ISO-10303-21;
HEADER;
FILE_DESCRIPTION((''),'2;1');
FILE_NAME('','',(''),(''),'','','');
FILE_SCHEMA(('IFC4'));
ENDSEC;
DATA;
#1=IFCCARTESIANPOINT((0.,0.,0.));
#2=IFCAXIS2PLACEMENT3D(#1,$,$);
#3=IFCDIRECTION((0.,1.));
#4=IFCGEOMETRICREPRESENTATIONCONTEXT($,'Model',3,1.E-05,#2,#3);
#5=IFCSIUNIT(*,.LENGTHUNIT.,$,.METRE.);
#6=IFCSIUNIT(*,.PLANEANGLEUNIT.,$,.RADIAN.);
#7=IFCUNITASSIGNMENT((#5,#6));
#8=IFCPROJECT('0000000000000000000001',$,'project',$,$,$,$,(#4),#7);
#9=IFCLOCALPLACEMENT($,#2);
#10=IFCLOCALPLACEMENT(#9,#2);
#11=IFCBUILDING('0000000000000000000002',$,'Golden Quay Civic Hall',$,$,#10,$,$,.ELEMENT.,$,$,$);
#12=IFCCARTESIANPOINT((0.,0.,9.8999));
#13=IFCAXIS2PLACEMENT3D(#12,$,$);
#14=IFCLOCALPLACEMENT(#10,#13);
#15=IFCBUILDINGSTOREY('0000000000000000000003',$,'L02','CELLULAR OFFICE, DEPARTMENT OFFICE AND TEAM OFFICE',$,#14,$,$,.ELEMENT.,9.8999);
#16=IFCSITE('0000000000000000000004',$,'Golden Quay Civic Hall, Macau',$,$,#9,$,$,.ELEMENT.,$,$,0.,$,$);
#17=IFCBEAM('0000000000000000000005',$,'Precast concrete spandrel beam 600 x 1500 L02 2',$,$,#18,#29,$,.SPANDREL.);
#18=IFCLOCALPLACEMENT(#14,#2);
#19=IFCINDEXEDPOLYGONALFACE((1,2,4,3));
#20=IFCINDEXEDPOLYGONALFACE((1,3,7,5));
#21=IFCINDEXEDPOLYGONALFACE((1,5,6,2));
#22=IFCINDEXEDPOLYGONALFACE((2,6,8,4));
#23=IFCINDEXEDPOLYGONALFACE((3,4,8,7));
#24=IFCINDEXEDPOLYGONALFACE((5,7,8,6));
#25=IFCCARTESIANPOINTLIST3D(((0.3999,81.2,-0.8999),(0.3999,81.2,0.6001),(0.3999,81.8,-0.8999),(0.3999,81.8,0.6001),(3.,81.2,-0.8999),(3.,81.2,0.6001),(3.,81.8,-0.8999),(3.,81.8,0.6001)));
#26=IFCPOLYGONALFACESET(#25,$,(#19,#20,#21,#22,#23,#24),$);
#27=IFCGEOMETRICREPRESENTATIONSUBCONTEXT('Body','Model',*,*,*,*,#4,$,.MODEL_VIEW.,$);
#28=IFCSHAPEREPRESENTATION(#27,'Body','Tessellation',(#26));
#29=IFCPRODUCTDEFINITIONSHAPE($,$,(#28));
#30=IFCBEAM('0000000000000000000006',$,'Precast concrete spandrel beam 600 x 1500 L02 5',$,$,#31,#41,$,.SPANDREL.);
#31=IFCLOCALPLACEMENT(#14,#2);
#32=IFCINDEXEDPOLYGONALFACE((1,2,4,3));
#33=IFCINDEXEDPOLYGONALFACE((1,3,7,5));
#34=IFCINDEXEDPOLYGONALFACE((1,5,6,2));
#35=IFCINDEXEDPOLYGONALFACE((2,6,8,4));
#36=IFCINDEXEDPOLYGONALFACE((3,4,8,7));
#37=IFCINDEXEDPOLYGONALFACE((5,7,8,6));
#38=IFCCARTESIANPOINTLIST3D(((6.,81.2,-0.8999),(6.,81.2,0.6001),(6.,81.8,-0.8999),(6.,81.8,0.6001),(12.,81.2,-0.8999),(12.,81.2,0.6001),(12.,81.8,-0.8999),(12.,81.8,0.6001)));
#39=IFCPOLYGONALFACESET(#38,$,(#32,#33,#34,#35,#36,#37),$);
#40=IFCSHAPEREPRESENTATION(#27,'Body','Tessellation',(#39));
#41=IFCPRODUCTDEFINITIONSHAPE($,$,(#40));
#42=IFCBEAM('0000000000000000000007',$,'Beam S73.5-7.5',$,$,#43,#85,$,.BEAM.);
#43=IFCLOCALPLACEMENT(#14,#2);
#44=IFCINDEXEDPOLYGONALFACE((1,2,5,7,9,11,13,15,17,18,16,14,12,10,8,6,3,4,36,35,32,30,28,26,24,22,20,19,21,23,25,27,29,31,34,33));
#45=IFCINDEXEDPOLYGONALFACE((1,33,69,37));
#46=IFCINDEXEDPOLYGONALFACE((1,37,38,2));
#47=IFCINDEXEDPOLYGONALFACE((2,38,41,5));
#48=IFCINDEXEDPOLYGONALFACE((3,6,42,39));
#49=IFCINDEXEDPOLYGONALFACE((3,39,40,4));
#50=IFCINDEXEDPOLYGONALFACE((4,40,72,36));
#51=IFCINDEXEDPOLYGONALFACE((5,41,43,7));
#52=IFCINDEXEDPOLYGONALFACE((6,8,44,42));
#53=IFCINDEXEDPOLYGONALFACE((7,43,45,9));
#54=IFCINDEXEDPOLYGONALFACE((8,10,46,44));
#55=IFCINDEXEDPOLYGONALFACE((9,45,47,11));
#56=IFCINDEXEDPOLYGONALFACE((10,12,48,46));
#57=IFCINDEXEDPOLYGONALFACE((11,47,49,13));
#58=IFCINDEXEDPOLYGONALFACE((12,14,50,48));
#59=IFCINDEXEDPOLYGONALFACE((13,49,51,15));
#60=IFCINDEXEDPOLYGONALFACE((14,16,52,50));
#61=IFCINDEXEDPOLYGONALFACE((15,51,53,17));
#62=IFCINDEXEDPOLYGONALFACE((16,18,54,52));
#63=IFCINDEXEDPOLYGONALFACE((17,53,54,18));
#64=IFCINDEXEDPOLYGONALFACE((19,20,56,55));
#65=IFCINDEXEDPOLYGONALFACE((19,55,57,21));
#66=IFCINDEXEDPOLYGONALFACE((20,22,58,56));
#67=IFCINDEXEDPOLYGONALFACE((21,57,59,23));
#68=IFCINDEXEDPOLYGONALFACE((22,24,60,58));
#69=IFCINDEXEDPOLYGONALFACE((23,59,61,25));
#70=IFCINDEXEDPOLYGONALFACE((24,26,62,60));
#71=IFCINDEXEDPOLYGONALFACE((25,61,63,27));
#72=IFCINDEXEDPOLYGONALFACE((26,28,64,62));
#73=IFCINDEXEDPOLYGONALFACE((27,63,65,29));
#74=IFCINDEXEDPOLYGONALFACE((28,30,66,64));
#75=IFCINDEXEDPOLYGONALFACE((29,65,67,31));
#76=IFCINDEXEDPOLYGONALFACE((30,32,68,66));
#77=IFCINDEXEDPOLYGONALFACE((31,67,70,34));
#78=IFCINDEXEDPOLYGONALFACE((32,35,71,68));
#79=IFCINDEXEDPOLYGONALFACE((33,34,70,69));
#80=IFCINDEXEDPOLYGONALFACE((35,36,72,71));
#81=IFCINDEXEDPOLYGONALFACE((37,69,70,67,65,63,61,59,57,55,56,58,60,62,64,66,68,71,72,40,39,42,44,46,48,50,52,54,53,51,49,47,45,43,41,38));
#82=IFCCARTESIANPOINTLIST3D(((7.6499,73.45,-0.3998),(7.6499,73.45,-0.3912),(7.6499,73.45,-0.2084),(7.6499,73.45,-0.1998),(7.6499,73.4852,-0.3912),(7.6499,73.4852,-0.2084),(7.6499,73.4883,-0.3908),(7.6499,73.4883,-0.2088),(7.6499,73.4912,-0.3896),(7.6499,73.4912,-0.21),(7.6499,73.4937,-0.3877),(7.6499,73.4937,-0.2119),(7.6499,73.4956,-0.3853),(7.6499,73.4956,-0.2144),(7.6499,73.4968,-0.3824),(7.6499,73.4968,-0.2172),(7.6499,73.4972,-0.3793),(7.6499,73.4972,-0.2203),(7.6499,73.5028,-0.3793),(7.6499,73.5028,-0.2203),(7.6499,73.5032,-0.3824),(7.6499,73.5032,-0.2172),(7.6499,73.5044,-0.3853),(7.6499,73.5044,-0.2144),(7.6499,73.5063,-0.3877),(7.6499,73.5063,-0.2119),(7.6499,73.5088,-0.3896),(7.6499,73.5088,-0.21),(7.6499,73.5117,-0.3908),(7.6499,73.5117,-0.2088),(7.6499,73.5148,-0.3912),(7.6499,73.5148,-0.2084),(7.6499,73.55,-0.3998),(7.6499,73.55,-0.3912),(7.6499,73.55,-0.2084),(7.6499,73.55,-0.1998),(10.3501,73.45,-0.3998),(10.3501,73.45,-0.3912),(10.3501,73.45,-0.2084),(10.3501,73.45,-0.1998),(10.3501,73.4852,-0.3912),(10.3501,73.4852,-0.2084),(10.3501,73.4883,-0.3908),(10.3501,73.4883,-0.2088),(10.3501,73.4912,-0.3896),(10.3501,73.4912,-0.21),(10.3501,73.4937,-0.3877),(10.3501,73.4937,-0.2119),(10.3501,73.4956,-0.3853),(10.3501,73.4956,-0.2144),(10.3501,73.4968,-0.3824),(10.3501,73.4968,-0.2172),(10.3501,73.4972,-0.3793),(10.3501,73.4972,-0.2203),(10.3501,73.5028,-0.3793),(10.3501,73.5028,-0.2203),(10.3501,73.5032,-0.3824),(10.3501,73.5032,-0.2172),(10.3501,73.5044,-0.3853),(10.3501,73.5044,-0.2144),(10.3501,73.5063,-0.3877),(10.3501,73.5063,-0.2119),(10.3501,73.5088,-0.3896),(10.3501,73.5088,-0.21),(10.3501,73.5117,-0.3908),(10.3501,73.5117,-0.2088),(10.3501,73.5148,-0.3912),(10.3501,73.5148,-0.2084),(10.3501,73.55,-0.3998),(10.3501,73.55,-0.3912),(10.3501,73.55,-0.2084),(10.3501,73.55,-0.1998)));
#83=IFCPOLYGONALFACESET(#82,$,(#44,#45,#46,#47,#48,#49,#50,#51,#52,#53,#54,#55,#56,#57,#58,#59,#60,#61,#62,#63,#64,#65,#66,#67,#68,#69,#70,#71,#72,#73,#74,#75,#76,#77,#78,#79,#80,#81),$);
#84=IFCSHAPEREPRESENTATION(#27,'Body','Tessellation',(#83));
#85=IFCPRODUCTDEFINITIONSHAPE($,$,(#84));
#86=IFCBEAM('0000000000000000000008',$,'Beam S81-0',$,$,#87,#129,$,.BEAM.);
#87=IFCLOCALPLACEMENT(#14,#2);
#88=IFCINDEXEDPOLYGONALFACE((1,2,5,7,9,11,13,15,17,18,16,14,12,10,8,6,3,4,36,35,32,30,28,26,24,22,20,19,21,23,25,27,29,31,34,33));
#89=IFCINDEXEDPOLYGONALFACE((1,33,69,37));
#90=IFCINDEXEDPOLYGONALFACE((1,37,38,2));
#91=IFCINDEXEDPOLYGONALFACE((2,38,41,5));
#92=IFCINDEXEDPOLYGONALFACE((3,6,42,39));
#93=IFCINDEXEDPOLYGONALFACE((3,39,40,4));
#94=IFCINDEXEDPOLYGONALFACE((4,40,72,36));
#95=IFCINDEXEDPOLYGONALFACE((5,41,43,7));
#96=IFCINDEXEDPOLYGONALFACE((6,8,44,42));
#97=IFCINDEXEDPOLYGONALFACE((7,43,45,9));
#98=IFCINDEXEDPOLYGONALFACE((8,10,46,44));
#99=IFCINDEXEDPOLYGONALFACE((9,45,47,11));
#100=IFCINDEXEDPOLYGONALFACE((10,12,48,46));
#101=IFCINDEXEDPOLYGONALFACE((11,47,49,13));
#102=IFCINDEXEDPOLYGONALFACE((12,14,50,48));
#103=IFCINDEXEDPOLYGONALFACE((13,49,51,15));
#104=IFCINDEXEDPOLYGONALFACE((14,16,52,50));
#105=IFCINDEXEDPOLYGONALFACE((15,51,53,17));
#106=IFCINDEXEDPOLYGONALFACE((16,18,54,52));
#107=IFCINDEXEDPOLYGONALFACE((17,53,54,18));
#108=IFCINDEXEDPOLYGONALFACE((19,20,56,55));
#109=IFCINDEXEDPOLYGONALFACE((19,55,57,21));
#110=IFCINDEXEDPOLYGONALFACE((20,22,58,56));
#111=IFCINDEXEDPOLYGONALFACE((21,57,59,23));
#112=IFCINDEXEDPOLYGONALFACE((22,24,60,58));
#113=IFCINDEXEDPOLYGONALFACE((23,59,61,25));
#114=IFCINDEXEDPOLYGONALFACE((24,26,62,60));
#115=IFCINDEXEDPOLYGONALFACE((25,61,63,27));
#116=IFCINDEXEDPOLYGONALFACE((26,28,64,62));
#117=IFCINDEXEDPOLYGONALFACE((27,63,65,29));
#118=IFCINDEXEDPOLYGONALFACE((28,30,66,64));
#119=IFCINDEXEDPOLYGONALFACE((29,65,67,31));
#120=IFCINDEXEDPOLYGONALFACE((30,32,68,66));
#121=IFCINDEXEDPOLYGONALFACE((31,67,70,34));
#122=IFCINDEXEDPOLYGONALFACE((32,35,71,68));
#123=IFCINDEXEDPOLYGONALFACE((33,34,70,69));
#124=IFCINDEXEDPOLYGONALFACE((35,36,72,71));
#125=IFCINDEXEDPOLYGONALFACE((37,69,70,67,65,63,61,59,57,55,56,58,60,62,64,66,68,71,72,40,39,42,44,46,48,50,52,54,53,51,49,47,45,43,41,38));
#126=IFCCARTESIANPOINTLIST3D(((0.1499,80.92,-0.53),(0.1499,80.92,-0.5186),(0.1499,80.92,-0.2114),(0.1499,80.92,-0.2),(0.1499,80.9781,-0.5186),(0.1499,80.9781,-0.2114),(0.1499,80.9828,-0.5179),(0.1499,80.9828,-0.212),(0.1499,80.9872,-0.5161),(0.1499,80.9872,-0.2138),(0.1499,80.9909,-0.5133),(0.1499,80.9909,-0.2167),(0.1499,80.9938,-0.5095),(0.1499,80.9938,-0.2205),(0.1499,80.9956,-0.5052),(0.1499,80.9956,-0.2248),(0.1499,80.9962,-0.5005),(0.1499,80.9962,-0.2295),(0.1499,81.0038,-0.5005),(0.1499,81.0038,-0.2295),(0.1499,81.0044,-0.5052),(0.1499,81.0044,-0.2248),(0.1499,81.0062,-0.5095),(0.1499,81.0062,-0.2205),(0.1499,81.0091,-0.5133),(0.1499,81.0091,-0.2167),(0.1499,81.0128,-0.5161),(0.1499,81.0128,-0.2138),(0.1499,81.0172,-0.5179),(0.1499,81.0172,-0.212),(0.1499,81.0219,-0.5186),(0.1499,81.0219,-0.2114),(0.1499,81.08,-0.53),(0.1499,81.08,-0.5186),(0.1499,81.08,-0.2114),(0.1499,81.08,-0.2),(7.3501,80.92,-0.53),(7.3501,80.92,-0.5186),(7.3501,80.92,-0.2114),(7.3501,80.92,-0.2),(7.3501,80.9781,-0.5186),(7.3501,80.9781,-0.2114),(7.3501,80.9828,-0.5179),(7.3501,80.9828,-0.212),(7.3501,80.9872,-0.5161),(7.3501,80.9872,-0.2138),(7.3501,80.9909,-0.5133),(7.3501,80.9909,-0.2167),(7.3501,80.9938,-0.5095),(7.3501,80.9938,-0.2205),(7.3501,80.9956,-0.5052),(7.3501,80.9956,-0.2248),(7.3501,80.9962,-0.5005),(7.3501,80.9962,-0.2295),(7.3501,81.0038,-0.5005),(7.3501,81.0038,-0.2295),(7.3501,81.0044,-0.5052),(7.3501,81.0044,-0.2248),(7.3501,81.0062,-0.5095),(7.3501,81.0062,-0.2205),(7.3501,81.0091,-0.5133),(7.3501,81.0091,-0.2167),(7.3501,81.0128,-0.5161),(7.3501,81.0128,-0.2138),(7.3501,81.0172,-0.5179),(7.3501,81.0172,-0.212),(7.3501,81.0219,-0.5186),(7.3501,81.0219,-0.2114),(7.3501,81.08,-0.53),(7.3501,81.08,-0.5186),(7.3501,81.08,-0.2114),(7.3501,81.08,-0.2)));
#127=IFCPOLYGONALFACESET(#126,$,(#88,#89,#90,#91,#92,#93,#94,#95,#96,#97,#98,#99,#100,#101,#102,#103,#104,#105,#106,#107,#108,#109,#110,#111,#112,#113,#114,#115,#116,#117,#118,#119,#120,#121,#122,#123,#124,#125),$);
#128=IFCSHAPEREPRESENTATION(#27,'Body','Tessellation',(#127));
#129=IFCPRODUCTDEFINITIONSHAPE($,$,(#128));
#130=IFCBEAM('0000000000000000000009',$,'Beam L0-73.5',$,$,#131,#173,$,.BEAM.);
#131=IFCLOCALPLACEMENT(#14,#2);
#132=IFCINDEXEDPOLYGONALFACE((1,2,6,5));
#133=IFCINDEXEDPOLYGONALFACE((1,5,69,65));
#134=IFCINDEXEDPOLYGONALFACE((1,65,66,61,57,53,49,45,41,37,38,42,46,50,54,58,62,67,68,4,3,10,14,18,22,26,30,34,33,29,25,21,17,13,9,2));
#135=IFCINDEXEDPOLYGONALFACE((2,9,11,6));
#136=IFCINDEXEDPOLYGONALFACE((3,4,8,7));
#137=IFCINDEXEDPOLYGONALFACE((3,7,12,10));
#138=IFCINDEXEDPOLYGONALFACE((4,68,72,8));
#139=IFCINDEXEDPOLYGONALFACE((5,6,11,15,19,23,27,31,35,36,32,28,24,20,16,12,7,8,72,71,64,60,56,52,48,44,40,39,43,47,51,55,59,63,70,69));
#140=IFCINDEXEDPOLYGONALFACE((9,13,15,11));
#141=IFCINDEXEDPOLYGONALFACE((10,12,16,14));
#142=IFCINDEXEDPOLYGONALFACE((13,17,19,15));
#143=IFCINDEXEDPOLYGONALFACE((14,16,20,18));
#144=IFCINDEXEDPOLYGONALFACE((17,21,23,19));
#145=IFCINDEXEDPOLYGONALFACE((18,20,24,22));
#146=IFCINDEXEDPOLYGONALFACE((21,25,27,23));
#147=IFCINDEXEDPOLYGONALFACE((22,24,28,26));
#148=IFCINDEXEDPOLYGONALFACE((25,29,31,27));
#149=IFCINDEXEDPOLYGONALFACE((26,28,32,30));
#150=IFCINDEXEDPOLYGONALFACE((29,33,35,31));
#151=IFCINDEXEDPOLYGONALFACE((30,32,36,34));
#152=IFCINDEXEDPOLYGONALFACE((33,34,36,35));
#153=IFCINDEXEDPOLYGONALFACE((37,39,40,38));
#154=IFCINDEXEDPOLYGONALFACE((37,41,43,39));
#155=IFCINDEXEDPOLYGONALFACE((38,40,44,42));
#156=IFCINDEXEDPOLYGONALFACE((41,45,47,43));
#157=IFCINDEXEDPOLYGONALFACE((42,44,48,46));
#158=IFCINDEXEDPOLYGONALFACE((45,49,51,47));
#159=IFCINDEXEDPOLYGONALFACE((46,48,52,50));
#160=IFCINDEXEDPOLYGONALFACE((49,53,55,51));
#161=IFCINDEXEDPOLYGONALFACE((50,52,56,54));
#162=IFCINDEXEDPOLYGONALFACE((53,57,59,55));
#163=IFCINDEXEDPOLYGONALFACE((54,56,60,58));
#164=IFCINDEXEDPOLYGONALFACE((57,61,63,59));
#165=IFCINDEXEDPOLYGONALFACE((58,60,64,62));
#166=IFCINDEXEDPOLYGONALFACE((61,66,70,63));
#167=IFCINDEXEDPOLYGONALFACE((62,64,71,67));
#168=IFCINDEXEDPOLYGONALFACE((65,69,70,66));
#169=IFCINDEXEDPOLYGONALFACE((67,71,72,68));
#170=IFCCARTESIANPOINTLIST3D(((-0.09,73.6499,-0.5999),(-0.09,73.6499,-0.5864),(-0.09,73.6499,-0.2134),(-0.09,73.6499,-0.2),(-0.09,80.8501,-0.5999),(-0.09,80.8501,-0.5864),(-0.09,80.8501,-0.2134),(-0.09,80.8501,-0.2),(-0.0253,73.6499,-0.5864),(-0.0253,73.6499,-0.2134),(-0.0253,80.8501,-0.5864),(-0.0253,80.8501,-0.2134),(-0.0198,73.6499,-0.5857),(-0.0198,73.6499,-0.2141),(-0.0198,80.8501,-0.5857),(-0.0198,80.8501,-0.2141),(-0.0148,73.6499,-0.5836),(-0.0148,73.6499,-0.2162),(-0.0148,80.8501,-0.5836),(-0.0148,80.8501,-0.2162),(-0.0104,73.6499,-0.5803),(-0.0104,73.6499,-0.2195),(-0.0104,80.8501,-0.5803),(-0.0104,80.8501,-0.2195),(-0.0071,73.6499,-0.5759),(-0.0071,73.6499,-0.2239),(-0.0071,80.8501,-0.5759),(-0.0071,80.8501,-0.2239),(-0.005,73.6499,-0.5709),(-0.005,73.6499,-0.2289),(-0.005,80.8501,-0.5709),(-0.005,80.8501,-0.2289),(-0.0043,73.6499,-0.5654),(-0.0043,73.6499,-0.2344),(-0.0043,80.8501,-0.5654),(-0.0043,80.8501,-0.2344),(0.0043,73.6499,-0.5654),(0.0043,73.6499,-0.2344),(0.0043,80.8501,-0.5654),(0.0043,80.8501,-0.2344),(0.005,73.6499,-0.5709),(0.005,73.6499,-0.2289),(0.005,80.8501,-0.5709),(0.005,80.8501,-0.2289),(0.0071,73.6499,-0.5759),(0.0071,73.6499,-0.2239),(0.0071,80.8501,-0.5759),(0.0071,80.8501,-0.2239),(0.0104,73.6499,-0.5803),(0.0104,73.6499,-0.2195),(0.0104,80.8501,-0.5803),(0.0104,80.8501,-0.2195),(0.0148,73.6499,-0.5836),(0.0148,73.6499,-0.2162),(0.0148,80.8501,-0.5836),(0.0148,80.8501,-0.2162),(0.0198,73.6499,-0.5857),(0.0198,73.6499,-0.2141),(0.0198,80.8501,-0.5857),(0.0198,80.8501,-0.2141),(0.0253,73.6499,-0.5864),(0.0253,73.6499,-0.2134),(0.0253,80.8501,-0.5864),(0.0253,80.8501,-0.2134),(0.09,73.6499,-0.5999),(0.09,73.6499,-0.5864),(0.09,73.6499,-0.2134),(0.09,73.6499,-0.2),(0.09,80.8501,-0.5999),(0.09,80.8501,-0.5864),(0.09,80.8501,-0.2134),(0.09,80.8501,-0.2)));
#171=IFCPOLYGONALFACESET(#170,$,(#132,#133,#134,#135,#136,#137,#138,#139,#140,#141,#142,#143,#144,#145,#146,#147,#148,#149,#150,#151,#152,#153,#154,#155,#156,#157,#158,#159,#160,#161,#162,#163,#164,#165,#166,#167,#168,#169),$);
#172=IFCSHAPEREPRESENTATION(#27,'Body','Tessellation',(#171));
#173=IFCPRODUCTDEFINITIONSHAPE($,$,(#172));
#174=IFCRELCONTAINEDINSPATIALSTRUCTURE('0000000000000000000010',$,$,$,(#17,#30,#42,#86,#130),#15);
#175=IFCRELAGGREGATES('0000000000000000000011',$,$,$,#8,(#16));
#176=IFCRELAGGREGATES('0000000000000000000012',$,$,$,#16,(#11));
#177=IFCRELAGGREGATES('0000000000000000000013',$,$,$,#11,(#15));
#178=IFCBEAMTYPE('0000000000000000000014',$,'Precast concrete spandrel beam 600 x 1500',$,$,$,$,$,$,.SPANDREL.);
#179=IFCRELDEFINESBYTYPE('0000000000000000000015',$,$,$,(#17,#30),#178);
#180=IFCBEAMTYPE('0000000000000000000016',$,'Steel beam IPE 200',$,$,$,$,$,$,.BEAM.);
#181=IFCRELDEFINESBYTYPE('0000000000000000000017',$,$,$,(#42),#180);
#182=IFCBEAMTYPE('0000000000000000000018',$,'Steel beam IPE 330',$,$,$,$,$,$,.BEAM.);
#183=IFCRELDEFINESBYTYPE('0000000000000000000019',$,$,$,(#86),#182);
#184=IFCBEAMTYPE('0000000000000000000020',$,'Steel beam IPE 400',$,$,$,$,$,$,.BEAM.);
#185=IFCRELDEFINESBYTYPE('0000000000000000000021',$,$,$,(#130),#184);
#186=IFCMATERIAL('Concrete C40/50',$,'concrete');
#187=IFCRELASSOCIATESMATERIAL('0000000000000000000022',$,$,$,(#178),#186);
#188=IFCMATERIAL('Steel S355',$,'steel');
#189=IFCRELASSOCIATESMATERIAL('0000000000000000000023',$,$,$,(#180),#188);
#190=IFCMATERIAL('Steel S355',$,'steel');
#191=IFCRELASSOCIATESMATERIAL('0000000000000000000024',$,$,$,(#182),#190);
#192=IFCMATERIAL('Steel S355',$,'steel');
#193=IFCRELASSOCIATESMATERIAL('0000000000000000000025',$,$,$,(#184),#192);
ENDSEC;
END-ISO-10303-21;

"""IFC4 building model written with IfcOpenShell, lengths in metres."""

from ifc_helpers import new_model, si_unit, direction, frame, origin, origin_2d, place, context, subcontext, project, spatial, rectangle, i_section, extrude, material, material_profile, profile_set, type_object, element, save


model = new_model("IFC4")

# Units and contexts
model_context = context("Model", 3, precision=1e-05, world=origin(), true_north=direction((0.0, 1.0)))
body_context = subcontext(model_context, "Body", "Model", "MODEL_VIEW")
ifc_project = project(units=[si_unit("LENGTHUNIT", "METRE"), si_unit("PLANEANGLEUNIT", "RADIAN")], contexts=[model_context])

# Site, building, storey
site_placement = place(None, origin())
site = spatial("IfcSite", under=ifc_project, at=site_placement, Name="Golden Quay Civic Hall, Macau", CompositionType="ELEMENT", RefElevation=0.0)
building_placement = place(site_placement, origin())
building = spatial("IfcBuilding", under=site, at=building_placement, Name="Golden Quay Civic Hall", CompositionType="ELEMENT")
storey_placement = place(building_placement, frame((0.0, 0.0, 9.8999)))
storey = spatial("IfcBuildingStorey", under=building, at=storey_placement, Name="L02", Description="CELLULAR OFFICE, DEPARTMENT OFFICE AND TEAM OFFICE", CompositionType="ELEMENT", Elevation=9.8999)

# Beams
ifc_material_1 = material(Name="Concrete C40/50", Category="concrete")
ifc_material_profile_1 = material_profile(ifc_material_1, rectangle(XDim=0.6001, YDim=1.5, at=origin_2d()), Name="RC 600x1500")
ifc_profile_set_1 = profile_set([ifc_material_profile_1], Name="Concrete C40/50")
beam_type_1 = type_object("IfcBeamType", Name="Precast concrete spandrel beam 600 x 1500", PredefinedType="SPANDREL", material=ifc_profile_set_1)
beam_1_placement = place(storey_placement, frame((0.3999, 81.5, -0.1499), z_axis=(1.0, 0.0, 0.0), x_axis=(0.0, 1.0, 0.0)))
element("IfcBeam", 1, at=beam_1_placement, inside=storey, type_object=beam_type_1, Name="Precast concrete spandrel beam 600 x 1500 L02 2", PredefinedType="SPANDREL", context=body_context, shape_type="SweptSolid", body=[
    extrude(rectangle(XDim=0.6001, YDim=1.5, at=origin_2d()), origin(), (0.0, 0.0, 1.0), 2.6001),
])
beam_2_placement = place(storey_placement, frame((6.0, 81.5, -0.1499), z_axis=(1.0, 0.0, 0.0), x_axis=(0.0, 1.0, 0.0)))
element("IfcBeam", 2, at=beam_2_placement, inside=storey, type_object=beam_type_1, Name="Precast concrete spandrel beam 600 x 1500 L02 5", PredefinedType="SPANDREL", context=body_context, shape_type="SweptSolid", body=[
    extrude(rectangle(XDim=0.6001, YDim=1.5, at=origin_2d()), origin(), (0.0, 0.0, 1.0), 6.0),
])
ifc_material_2 = material(Name="Steel S355", Category="steel")
ifc_material_profile_2 = material_profile(ifc_material_2, i_section(OverallWidth=0.1001, OverallDepth=0.2, WebThickness=0.0056, FlangeThickness=0.0085, FilletRadius=0.012, at=origin_2d()), Name="IPE 200")
ifc_profile_set_2 = profile_set([ifc_material_profile_2], Name="Steel S355")
beam_type_2 = type_object("IfcBeamType", Name="Steel beam IPE 200", PredefinedType="BEAM", material=ifc_profile_set_2)
beam_3_placement = place(storey_placement, frame((7.6499, 73.5, -0.2998), z_axis=(1.0, 0.0, 0.0), x_axis=(0.0, 1.0, 0.0)))
element("IfcBeam", 3, at=beam_3_placement, inside=storey, type_object=beam_type_2, Name="Beam S73.5-7.5", PredefinedType="BEAM", context=body_context, shape_type="SweptSolid", body=[
    extrude(i_section(OverallWidth=0.1001, OverallDepth=0.2, WebThickness=0.0056, FlangeThickness=0.0085, FilletRadius=0.012, at=origin_2d()), origin(), (0.0, 0.0, 1.0), 2.7002),
])
ifc_material_3 = material(Name="Steel S355", Category="steel")
ifc_material_profile_3 = material_profile(ifc_material_3, i_section(OverallWidth=0.1599, OverallDepth=0.3301, WebThickness=0.0076, FlangeThickness=0.0115, FilletRadius=0.0181, at=origin_2d()), Name="IPE 330")
ifc_profile_set_3 = profile_set([ifc_material_profile_3], Name="Steel S355")
beam_type_3 = type_object("IfcBeamType", Name="Steel beam IPE 330", PredefinedType="BEAM", material=ifc_profile_set_3)
beam_4_placement = place(storey_placement, frame((0.1499, 81.0, -0.365), z_axis=(1.0, 0.0, 0.0), x_axis=(0.0, 1.0, 0.0)))
element("IfcBeam", 4, at=beam_4_placement, inside=storey, type_object=beam_type_3, Name="Beam S81-0", PredefinedType="BEAM", context=body_context, shape_type="SweptSolid", body=[
    extrude(i_section(OverallWidth=0.1599, OverallDepth=0.3301, WebThickness=0.0076, FlangeThickness=0.0115, FilletRadius=0.0181, at=origin_2d()), origin(), (0.0, 0.0, 1.0), 7.2002),
])
ifc_material_4 = material(Name="Steel S355", Category="steel")
ifc_material_profile_4 = material_profile(ifc_material_4, i_section(OverallWidth=0.1799, OverallDepth=0.3999, WebThickness=0.0085, FlangeThickness=0.0134, FilletRadius=0.021, at=origin_2d()), Name="IPE 400")
ifc_profile_set_4 = profile_set([ifc_material_profile_4], Name="Steel S355")
beam_type_4 = type_object("IfcBeamType", Name="Steel beam IPE 400", PredefinedType="BEAM", material=ifc_profile_set_4)
beam_5_placement = place(storey_placement, frame((0.0, 73.6499, -0.3999), z_axis=(0.0, 1.0, 0.0), x_axis=(-1.0, 0.0, 0.0)))
element("IfcBeam", 5, at=beam_5_placement, inside=storey, type_object=beam_type_4, Name="Beam L0-73.5", PredefinedType="BEAM", context=body_context, shape_type="SweptSolid", body=[
    extrude(i_section(OverallWidth=0.1799, OverallDepth=0.3999, WebThickness=0.0085, FlangeThickness=0.0134, FilletRadius=0.021, at=origin_2d()), origin(), (0.0, 0.0, 1.0), 7.2002),
])

save(model, "model.ifc")
